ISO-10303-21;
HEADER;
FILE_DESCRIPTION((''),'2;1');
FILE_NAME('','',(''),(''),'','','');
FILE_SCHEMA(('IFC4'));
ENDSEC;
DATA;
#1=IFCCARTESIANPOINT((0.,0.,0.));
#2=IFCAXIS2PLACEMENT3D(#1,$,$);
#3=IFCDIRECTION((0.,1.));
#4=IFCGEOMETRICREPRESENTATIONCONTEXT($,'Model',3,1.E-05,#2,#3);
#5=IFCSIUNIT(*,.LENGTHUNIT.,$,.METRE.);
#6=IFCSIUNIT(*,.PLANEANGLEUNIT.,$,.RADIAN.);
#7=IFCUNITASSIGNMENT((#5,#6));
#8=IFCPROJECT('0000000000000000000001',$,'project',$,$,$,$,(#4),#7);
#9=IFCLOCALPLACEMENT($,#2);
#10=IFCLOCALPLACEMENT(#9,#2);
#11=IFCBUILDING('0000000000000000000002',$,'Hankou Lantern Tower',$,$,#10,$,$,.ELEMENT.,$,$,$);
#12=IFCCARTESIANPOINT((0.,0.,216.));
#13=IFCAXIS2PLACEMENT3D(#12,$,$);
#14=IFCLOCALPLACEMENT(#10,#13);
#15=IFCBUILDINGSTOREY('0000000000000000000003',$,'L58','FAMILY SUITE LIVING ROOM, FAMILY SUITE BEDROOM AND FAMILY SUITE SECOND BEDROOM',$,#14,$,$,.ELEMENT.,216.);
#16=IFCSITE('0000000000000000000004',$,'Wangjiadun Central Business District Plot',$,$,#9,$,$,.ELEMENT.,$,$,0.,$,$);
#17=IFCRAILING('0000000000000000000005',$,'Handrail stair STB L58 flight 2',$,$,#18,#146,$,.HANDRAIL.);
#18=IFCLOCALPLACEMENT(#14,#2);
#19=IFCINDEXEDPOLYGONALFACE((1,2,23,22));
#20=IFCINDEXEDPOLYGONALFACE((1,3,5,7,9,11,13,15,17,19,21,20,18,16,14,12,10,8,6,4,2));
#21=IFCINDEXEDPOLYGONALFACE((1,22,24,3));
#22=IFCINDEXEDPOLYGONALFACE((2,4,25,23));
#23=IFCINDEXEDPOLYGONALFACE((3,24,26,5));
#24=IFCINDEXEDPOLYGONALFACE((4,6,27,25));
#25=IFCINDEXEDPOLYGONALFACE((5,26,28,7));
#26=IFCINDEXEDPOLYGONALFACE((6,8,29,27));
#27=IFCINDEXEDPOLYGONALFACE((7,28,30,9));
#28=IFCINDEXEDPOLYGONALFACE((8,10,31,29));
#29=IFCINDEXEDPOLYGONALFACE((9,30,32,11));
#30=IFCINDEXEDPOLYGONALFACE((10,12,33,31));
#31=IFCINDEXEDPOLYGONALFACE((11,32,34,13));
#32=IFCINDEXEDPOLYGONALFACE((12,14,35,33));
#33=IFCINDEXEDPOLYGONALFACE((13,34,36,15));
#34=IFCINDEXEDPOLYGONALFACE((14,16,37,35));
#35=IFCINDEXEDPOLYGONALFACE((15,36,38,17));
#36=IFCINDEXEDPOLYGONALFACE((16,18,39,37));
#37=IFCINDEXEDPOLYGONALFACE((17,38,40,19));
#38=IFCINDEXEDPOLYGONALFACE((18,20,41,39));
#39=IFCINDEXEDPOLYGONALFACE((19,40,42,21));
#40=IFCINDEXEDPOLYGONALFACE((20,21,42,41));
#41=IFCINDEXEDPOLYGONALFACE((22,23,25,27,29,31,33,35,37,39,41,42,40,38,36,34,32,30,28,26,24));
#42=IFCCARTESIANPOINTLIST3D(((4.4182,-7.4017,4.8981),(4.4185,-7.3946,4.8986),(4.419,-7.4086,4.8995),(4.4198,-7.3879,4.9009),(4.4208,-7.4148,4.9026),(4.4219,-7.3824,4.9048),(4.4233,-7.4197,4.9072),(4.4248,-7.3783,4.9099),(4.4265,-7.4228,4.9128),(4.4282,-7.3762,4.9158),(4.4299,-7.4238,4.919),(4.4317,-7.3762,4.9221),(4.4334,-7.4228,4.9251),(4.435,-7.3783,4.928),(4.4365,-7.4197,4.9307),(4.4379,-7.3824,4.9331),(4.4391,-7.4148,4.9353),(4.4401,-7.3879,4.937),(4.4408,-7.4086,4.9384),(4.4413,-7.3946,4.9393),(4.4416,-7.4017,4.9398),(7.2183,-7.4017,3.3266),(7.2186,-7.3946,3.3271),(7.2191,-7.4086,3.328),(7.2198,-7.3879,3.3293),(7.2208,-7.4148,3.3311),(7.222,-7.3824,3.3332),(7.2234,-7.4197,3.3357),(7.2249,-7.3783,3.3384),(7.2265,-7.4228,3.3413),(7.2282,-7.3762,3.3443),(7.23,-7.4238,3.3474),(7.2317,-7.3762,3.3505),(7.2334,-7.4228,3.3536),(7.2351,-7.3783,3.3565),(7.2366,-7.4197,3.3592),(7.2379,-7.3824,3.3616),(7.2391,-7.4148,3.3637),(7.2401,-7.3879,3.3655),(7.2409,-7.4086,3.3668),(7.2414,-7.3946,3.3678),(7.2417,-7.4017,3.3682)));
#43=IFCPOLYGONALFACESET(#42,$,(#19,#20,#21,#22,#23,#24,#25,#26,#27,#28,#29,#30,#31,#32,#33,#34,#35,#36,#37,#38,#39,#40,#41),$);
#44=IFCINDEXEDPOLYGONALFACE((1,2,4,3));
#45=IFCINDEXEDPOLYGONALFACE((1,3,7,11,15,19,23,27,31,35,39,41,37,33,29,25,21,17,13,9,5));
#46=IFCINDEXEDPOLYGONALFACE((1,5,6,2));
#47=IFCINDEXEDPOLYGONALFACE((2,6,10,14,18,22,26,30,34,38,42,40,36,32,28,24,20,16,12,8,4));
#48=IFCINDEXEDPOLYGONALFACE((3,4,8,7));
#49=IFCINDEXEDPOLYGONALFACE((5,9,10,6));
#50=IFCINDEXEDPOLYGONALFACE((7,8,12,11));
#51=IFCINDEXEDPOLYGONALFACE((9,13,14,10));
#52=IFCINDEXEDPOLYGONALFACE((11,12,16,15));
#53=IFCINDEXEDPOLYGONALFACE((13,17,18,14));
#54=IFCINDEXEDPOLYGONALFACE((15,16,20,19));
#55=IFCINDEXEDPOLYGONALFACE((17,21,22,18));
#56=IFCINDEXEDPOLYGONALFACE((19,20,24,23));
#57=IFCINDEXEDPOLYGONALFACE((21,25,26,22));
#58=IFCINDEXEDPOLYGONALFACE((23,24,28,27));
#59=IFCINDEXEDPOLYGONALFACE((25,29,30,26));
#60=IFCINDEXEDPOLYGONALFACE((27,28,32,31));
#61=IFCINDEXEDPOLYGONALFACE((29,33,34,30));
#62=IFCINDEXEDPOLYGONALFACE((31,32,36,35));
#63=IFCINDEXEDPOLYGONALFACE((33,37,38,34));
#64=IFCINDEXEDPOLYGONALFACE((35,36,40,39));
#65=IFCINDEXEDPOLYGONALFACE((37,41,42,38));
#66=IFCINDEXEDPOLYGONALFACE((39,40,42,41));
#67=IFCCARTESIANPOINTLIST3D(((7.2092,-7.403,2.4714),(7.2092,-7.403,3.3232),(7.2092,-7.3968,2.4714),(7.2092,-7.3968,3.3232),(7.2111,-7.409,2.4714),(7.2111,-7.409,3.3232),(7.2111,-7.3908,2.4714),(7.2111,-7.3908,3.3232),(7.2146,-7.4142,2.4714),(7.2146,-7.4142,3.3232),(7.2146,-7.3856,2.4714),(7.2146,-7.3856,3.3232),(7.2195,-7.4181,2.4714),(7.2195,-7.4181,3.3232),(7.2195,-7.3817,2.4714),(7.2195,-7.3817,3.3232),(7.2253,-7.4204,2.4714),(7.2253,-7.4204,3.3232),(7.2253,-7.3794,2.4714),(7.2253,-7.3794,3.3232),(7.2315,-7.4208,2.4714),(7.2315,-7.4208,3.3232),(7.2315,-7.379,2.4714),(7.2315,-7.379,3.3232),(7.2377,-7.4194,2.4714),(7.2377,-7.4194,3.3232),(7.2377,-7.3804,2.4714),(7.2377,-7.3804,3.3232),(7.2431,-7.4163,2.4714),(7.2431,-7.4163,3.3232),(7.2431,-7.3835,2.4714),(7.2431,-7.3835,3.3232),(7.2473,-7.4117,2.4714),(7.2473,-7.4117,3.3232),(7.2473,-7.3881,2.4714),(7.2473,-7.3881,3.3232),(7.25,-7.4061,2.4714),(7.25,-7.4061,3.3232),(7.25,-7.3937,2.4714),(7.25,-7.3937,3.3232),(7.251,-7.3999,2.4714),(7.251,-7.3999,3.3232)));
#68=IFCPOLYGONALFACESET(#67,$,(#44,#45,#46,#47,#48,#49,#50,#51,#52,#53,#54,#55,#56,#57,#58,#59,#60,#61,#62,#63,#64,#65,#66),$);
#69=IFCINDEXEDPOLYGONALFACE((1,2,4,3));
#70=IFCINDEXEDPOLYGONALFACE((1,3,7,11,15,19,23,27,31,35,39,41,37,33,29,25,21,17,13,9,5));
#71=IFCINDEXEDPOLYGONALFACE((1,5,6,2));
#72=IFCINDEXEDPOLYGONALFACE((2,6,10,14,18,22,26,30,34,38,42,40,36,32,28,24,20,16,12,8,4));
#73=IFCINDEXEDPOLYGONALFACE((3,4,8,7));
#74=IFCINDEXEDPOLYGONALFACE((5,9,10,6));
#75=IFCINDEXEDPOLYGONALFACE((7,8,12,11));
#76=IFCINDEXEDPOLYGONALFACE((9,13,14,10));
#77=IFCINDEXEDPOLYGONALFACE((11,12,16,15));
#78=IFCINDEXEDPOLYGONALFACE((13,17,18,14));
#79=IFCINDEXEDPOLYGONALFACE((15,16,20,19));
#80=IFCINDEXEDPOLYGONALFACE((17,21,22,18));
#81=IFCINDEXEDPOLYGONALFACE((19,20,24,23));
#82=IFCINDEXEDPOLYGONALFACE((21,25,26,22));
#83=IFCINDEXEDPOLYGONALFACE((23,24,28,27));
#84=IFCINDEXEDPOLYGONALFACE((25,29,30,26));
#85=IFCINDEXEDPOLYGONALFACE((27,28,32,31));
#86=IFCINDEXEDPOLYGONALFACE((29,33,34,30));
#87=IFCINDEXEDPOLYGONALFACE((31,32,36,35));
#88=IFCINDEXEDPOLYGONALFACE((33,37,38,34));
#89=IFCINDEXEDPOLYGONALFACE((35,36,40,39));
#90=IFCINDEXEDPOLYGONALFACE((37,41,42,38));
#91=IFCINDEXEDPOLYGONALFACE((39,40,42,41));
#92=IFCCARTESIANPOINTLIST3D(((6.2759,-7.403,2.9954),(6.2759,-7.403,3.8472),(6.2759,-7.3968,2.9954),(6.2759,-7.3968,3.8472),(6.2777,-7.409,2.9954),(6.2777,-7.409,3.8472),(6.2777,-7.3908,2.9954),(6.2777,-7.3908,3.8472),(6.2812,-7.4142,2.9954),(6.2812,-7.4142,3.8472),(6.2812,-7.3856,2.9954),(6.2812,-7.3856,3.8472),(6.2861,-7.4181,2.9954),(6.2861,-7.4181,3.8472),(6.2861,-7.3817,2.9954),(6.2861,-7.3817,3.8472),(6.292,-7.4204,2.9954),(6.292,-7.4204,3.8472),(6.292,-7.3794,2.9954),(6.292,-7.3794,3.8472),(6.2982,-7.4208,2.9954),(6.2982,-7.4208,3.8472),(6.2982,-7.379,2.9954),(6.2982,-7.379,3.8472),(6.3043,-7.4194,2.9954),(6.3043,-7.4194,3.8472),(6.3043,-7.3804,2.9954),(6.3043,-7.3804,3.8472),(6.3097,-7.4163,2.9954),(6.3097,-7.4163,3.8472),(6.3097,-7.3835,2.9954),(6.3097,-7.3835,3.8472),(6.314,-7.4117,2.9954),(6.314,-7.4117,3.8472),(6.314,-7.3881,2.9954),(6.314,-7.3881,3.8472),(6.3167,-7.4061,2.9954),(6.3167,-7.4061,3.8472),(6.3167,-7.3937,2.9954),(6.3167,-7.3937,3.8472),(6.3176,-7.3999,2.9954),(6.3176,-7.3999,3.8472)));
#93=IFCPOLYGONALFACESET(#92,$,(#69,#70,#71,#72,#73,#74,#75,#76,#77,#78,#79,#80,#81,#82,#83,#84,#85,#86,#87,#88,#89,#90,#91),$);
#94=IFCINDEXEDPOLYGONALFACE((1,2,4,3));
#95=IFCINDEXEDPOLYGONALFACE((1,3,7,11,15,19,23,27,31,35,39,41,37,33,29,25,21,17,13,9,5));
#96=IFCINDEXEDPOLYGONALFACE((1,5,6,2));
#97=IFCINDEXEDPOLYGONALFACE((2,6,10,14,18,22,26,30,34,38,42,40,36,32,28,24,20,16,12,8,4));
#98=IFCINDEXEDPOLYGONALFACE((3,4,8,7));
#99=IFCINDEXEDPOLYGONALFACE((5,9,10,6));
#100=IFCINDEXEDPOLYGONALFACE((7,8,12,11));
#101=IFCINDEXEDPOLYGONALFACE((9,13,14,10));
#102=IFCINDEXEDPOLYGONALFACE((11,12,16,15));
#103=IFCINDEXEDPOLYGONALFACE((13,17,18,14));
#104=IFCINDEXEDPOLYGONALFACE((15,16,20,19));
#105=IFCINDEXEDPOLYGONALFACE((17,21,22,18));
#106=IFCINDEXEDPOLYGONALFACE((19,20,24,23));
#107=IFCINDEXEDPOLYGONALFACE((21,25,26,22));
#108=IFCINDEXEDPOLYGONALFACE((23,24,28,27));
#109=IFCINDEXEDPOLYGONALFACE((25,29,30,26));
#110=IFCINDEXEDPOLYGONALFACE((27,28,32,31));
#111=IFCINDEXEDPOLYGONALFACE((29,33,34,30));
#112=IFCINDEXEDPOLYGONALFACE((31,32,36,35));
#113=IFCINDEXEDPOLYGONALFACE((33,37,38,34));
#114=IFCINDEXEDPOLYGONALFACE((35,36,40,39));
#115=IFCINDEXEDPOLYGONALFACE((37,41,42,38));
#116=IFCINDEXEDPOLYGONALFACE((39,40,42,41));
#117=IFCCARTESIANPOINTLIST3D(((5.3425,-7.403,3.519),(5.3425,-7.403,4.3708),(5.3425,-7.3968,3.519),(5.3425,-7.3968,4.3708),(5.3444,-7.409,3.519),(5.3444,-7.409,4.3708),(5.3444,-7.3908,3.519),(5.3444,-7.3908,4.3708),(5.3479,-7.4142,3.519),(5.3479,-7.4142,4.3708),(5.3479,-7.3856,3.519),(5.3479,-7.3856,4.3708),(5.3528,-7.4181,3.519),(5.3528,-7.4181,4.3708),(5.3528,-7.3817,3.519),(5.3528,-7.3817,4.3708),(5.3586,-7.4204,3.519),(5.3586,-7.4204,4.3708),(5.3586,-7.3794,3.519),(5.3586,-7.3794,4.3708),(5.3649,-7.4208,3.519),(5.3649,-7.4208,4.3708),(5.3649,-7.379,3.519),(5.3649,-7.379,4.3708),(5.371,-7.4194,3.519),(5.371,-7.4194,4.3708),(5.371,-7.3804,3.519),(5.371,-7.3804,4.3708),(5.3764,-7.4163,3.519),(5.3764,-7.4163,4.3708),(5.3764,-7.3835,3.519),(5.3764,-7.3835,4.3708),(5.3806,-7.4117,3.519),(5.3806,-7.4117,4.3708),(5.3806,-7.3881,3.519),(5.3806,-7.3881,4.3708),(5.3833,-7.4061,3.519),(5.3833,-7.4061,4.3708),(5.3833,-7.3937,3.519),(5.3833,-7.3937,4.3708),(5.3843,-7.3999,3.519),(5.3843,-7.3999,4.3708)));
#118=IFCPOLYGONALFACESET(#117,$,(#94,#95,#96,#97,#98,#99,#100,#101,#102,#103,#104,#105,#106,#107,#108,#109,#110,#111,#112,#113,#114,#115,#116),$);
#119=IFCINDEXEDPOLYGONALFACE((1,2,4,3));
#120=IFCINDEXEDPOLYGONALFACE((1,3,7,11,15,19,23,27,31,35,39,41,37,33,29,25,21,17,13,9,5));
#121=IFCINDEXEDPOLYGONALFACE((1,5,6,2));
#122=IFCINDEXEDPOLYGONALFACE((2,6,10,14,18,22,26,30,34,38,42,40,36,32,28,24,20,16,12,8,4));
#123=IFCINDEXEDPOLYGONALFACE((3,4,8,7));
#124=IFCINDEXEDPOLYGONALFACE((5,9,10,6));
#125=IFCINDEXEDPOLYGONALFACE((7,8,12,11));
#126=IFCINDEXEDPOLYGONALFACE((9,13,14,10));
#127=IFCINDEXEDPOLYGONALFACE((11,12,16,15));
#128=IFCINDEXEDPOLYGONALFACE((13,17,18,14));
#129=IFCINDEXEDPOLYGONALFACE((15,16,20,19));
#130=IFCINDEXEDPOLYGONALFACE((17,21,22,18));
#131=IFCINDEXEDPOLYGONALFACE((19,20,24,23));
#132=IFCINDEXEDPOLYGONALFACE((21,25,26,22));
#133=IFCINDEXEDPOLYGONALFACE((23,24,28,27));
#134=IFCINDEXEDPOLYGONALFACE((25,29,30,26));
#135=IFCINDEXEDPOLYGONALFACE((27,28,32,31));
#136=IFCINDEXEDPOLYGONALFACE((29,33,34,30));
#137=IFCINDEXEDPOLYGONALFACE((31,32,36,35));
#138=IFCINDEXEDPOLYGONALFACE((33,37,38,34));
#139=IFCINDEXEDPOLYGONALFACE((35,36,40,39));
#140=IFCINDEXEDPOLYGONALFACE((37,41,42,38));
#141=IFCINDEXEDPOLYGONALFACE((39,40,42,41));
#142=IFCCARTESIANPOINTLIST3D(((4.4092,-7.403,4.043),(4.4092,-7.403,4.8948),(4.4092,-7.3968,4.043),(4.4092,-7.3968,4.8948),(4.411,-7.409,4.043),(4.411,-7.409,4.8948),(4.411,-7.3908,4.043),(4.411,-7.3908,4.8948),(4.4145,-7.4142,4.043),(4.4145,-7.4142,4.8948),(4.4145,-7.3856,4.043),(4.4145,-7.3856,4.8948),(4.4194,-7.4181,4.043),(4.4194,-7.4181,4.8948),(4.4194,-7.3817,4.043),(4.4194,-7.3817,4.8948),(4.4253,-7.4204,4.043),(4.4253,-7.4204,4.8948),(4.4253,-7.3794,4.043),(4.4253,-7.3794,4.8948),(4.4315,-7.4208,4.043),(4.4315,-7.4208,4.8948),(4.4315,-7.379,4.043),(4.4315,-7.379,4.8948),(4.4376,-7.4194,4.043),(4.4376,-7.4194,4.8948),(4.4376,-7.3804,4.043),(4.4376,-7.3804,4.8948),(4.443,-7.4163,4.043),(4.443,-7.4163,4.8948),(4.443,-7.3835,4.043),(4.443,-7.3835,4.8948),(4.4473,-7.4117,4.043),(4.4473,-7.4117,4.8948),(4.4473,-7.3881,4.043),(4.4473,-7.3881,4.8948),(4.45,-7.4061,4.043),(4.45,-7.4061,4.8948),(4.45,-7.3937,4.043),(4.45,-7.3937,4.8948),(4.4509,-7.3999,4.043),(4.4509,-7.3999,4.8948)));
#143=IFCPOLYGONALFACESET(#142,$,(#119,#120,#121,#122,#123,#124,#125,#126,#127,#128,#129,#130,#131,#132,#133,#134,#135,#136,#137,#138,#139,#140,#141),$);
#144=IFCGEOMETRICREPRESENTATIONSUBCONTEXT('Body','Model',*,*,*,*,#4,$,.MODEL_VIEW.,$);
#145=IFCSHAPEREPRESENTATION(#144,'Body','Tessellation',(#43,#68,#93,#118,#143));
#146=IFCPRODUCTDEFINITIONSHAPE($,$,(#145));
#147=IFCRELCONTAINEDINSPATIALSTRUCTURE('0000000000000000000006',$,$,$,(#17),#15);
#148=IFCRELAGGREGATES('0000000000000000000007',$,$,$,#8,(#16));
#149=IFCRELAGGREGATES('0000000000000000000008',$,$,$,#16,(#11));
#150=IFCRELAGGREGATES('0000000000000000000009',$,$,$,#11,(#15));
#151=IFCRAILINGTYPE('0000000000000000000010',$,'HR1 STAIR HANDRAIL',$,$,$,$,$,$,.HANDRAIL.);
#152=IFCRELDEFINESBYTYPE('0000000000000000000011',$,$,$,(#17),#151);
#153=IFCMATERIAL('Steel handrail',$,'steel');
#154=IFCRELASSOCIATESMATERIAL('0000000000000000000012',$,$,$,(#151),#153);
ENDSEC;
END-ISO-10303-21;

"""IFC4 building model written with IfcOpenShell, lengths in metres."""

from ifc_helpers import new_model, si_unit, direction, frame, origin, origin_2d, place, context, subcontext, project, spatial, circle, extrude, material, type_object, element, save


model = new_model("IFC4")

# Units and contexts
model_context = context("Model", 3, precision=1e-05, world=origin(), true_north=direction((0.0, 1.0)))
body_context = subcontext(model_context, "Body", "Model", "MODEL_VIEW")
ifc_project = project(units=[si_unit("LENGTHUNIT", "METRE"), si_unit("PLANEANGLEUNIT", "RADIAN")], contexts=[model_context])

# Site, building, storey
site_placement = place(None, origin())
site = spatial("IfcSite", under=ifc_project, at=site_placement, Name="Wangjiadun Central Business District Plot", CompositionType="ELEMENT", RefElevation=0.0)
building_placement = place(site_placement, origin())
building = spatial("IfcBuilding", under=site, at=building_placement, Name="Hankou Lantern Tower", CompositionType="ELEMENT")
storey_placement = place(building_placement, frame((0.0, 0.0, 216.0)))
storey = spatial("IfcBuildingStorey", under=building, at=storey_placement, Name="L58", Description="FAMILY SUITE LIVING ROOM, FAMILY SUITE BEDROOM AND FAMILY SUITE SECOND BEDROOM", CompositionType="ELEMENT", Elevation=216.0)

# Railing
ifc_material_1 = material(Name="Steel handrail", Category="steel")
railing_type = type_object("IfcRailingType", Name="HR1 STAIR HANDRAIL", PredefinedType="HANDRAIL", material=ifc_material_1)
railing_1_placement = place(storey_placement, frame((7.23, -7.3999, 2.4714)))
element("IfcRailing", 1, at=railing_1_placement, inside=storey, type_object=railing_type, Name="Handrail stair STB L58 flight 2", PredefinedType="HANDRAIL", context=body_context, shape_type="SweptSolid", body=[
    extrude(circle(Radius=0.0239, at=origin_2d()), frame((0.0, 0.0, 0.876), z_axis=(-0.87204, 0.0, 0.489434), x_axis=(0.0, -1.0, 0.0)), (0.0, 0.0, 1.0), 3.2109),
    extrude(circle(Radius=0.021, at=origin_2d()), origin(), (0.0, 0.0, 1.0), 0.8518),
    extrude(circle(Radius=0.021, at=origin_2d()), frame((-0.9333, 0.0, 0.5239)), (0.0, 0.0, 1.0), 0.8518),
    extrude(circle(Radius=0.021, at=origin_2d()), frame((-1.8667, 0.0, 1.0476)), (0.0, 0.0, 1.0), 0.8518),
    extrude(circle(Radius=0.021, at=origin_2d()), frame((-2.8, 0.0, 1.5715)), (0.0, 0.0, 1.0), 0.8518),
])

save(model, "model.ifc")
